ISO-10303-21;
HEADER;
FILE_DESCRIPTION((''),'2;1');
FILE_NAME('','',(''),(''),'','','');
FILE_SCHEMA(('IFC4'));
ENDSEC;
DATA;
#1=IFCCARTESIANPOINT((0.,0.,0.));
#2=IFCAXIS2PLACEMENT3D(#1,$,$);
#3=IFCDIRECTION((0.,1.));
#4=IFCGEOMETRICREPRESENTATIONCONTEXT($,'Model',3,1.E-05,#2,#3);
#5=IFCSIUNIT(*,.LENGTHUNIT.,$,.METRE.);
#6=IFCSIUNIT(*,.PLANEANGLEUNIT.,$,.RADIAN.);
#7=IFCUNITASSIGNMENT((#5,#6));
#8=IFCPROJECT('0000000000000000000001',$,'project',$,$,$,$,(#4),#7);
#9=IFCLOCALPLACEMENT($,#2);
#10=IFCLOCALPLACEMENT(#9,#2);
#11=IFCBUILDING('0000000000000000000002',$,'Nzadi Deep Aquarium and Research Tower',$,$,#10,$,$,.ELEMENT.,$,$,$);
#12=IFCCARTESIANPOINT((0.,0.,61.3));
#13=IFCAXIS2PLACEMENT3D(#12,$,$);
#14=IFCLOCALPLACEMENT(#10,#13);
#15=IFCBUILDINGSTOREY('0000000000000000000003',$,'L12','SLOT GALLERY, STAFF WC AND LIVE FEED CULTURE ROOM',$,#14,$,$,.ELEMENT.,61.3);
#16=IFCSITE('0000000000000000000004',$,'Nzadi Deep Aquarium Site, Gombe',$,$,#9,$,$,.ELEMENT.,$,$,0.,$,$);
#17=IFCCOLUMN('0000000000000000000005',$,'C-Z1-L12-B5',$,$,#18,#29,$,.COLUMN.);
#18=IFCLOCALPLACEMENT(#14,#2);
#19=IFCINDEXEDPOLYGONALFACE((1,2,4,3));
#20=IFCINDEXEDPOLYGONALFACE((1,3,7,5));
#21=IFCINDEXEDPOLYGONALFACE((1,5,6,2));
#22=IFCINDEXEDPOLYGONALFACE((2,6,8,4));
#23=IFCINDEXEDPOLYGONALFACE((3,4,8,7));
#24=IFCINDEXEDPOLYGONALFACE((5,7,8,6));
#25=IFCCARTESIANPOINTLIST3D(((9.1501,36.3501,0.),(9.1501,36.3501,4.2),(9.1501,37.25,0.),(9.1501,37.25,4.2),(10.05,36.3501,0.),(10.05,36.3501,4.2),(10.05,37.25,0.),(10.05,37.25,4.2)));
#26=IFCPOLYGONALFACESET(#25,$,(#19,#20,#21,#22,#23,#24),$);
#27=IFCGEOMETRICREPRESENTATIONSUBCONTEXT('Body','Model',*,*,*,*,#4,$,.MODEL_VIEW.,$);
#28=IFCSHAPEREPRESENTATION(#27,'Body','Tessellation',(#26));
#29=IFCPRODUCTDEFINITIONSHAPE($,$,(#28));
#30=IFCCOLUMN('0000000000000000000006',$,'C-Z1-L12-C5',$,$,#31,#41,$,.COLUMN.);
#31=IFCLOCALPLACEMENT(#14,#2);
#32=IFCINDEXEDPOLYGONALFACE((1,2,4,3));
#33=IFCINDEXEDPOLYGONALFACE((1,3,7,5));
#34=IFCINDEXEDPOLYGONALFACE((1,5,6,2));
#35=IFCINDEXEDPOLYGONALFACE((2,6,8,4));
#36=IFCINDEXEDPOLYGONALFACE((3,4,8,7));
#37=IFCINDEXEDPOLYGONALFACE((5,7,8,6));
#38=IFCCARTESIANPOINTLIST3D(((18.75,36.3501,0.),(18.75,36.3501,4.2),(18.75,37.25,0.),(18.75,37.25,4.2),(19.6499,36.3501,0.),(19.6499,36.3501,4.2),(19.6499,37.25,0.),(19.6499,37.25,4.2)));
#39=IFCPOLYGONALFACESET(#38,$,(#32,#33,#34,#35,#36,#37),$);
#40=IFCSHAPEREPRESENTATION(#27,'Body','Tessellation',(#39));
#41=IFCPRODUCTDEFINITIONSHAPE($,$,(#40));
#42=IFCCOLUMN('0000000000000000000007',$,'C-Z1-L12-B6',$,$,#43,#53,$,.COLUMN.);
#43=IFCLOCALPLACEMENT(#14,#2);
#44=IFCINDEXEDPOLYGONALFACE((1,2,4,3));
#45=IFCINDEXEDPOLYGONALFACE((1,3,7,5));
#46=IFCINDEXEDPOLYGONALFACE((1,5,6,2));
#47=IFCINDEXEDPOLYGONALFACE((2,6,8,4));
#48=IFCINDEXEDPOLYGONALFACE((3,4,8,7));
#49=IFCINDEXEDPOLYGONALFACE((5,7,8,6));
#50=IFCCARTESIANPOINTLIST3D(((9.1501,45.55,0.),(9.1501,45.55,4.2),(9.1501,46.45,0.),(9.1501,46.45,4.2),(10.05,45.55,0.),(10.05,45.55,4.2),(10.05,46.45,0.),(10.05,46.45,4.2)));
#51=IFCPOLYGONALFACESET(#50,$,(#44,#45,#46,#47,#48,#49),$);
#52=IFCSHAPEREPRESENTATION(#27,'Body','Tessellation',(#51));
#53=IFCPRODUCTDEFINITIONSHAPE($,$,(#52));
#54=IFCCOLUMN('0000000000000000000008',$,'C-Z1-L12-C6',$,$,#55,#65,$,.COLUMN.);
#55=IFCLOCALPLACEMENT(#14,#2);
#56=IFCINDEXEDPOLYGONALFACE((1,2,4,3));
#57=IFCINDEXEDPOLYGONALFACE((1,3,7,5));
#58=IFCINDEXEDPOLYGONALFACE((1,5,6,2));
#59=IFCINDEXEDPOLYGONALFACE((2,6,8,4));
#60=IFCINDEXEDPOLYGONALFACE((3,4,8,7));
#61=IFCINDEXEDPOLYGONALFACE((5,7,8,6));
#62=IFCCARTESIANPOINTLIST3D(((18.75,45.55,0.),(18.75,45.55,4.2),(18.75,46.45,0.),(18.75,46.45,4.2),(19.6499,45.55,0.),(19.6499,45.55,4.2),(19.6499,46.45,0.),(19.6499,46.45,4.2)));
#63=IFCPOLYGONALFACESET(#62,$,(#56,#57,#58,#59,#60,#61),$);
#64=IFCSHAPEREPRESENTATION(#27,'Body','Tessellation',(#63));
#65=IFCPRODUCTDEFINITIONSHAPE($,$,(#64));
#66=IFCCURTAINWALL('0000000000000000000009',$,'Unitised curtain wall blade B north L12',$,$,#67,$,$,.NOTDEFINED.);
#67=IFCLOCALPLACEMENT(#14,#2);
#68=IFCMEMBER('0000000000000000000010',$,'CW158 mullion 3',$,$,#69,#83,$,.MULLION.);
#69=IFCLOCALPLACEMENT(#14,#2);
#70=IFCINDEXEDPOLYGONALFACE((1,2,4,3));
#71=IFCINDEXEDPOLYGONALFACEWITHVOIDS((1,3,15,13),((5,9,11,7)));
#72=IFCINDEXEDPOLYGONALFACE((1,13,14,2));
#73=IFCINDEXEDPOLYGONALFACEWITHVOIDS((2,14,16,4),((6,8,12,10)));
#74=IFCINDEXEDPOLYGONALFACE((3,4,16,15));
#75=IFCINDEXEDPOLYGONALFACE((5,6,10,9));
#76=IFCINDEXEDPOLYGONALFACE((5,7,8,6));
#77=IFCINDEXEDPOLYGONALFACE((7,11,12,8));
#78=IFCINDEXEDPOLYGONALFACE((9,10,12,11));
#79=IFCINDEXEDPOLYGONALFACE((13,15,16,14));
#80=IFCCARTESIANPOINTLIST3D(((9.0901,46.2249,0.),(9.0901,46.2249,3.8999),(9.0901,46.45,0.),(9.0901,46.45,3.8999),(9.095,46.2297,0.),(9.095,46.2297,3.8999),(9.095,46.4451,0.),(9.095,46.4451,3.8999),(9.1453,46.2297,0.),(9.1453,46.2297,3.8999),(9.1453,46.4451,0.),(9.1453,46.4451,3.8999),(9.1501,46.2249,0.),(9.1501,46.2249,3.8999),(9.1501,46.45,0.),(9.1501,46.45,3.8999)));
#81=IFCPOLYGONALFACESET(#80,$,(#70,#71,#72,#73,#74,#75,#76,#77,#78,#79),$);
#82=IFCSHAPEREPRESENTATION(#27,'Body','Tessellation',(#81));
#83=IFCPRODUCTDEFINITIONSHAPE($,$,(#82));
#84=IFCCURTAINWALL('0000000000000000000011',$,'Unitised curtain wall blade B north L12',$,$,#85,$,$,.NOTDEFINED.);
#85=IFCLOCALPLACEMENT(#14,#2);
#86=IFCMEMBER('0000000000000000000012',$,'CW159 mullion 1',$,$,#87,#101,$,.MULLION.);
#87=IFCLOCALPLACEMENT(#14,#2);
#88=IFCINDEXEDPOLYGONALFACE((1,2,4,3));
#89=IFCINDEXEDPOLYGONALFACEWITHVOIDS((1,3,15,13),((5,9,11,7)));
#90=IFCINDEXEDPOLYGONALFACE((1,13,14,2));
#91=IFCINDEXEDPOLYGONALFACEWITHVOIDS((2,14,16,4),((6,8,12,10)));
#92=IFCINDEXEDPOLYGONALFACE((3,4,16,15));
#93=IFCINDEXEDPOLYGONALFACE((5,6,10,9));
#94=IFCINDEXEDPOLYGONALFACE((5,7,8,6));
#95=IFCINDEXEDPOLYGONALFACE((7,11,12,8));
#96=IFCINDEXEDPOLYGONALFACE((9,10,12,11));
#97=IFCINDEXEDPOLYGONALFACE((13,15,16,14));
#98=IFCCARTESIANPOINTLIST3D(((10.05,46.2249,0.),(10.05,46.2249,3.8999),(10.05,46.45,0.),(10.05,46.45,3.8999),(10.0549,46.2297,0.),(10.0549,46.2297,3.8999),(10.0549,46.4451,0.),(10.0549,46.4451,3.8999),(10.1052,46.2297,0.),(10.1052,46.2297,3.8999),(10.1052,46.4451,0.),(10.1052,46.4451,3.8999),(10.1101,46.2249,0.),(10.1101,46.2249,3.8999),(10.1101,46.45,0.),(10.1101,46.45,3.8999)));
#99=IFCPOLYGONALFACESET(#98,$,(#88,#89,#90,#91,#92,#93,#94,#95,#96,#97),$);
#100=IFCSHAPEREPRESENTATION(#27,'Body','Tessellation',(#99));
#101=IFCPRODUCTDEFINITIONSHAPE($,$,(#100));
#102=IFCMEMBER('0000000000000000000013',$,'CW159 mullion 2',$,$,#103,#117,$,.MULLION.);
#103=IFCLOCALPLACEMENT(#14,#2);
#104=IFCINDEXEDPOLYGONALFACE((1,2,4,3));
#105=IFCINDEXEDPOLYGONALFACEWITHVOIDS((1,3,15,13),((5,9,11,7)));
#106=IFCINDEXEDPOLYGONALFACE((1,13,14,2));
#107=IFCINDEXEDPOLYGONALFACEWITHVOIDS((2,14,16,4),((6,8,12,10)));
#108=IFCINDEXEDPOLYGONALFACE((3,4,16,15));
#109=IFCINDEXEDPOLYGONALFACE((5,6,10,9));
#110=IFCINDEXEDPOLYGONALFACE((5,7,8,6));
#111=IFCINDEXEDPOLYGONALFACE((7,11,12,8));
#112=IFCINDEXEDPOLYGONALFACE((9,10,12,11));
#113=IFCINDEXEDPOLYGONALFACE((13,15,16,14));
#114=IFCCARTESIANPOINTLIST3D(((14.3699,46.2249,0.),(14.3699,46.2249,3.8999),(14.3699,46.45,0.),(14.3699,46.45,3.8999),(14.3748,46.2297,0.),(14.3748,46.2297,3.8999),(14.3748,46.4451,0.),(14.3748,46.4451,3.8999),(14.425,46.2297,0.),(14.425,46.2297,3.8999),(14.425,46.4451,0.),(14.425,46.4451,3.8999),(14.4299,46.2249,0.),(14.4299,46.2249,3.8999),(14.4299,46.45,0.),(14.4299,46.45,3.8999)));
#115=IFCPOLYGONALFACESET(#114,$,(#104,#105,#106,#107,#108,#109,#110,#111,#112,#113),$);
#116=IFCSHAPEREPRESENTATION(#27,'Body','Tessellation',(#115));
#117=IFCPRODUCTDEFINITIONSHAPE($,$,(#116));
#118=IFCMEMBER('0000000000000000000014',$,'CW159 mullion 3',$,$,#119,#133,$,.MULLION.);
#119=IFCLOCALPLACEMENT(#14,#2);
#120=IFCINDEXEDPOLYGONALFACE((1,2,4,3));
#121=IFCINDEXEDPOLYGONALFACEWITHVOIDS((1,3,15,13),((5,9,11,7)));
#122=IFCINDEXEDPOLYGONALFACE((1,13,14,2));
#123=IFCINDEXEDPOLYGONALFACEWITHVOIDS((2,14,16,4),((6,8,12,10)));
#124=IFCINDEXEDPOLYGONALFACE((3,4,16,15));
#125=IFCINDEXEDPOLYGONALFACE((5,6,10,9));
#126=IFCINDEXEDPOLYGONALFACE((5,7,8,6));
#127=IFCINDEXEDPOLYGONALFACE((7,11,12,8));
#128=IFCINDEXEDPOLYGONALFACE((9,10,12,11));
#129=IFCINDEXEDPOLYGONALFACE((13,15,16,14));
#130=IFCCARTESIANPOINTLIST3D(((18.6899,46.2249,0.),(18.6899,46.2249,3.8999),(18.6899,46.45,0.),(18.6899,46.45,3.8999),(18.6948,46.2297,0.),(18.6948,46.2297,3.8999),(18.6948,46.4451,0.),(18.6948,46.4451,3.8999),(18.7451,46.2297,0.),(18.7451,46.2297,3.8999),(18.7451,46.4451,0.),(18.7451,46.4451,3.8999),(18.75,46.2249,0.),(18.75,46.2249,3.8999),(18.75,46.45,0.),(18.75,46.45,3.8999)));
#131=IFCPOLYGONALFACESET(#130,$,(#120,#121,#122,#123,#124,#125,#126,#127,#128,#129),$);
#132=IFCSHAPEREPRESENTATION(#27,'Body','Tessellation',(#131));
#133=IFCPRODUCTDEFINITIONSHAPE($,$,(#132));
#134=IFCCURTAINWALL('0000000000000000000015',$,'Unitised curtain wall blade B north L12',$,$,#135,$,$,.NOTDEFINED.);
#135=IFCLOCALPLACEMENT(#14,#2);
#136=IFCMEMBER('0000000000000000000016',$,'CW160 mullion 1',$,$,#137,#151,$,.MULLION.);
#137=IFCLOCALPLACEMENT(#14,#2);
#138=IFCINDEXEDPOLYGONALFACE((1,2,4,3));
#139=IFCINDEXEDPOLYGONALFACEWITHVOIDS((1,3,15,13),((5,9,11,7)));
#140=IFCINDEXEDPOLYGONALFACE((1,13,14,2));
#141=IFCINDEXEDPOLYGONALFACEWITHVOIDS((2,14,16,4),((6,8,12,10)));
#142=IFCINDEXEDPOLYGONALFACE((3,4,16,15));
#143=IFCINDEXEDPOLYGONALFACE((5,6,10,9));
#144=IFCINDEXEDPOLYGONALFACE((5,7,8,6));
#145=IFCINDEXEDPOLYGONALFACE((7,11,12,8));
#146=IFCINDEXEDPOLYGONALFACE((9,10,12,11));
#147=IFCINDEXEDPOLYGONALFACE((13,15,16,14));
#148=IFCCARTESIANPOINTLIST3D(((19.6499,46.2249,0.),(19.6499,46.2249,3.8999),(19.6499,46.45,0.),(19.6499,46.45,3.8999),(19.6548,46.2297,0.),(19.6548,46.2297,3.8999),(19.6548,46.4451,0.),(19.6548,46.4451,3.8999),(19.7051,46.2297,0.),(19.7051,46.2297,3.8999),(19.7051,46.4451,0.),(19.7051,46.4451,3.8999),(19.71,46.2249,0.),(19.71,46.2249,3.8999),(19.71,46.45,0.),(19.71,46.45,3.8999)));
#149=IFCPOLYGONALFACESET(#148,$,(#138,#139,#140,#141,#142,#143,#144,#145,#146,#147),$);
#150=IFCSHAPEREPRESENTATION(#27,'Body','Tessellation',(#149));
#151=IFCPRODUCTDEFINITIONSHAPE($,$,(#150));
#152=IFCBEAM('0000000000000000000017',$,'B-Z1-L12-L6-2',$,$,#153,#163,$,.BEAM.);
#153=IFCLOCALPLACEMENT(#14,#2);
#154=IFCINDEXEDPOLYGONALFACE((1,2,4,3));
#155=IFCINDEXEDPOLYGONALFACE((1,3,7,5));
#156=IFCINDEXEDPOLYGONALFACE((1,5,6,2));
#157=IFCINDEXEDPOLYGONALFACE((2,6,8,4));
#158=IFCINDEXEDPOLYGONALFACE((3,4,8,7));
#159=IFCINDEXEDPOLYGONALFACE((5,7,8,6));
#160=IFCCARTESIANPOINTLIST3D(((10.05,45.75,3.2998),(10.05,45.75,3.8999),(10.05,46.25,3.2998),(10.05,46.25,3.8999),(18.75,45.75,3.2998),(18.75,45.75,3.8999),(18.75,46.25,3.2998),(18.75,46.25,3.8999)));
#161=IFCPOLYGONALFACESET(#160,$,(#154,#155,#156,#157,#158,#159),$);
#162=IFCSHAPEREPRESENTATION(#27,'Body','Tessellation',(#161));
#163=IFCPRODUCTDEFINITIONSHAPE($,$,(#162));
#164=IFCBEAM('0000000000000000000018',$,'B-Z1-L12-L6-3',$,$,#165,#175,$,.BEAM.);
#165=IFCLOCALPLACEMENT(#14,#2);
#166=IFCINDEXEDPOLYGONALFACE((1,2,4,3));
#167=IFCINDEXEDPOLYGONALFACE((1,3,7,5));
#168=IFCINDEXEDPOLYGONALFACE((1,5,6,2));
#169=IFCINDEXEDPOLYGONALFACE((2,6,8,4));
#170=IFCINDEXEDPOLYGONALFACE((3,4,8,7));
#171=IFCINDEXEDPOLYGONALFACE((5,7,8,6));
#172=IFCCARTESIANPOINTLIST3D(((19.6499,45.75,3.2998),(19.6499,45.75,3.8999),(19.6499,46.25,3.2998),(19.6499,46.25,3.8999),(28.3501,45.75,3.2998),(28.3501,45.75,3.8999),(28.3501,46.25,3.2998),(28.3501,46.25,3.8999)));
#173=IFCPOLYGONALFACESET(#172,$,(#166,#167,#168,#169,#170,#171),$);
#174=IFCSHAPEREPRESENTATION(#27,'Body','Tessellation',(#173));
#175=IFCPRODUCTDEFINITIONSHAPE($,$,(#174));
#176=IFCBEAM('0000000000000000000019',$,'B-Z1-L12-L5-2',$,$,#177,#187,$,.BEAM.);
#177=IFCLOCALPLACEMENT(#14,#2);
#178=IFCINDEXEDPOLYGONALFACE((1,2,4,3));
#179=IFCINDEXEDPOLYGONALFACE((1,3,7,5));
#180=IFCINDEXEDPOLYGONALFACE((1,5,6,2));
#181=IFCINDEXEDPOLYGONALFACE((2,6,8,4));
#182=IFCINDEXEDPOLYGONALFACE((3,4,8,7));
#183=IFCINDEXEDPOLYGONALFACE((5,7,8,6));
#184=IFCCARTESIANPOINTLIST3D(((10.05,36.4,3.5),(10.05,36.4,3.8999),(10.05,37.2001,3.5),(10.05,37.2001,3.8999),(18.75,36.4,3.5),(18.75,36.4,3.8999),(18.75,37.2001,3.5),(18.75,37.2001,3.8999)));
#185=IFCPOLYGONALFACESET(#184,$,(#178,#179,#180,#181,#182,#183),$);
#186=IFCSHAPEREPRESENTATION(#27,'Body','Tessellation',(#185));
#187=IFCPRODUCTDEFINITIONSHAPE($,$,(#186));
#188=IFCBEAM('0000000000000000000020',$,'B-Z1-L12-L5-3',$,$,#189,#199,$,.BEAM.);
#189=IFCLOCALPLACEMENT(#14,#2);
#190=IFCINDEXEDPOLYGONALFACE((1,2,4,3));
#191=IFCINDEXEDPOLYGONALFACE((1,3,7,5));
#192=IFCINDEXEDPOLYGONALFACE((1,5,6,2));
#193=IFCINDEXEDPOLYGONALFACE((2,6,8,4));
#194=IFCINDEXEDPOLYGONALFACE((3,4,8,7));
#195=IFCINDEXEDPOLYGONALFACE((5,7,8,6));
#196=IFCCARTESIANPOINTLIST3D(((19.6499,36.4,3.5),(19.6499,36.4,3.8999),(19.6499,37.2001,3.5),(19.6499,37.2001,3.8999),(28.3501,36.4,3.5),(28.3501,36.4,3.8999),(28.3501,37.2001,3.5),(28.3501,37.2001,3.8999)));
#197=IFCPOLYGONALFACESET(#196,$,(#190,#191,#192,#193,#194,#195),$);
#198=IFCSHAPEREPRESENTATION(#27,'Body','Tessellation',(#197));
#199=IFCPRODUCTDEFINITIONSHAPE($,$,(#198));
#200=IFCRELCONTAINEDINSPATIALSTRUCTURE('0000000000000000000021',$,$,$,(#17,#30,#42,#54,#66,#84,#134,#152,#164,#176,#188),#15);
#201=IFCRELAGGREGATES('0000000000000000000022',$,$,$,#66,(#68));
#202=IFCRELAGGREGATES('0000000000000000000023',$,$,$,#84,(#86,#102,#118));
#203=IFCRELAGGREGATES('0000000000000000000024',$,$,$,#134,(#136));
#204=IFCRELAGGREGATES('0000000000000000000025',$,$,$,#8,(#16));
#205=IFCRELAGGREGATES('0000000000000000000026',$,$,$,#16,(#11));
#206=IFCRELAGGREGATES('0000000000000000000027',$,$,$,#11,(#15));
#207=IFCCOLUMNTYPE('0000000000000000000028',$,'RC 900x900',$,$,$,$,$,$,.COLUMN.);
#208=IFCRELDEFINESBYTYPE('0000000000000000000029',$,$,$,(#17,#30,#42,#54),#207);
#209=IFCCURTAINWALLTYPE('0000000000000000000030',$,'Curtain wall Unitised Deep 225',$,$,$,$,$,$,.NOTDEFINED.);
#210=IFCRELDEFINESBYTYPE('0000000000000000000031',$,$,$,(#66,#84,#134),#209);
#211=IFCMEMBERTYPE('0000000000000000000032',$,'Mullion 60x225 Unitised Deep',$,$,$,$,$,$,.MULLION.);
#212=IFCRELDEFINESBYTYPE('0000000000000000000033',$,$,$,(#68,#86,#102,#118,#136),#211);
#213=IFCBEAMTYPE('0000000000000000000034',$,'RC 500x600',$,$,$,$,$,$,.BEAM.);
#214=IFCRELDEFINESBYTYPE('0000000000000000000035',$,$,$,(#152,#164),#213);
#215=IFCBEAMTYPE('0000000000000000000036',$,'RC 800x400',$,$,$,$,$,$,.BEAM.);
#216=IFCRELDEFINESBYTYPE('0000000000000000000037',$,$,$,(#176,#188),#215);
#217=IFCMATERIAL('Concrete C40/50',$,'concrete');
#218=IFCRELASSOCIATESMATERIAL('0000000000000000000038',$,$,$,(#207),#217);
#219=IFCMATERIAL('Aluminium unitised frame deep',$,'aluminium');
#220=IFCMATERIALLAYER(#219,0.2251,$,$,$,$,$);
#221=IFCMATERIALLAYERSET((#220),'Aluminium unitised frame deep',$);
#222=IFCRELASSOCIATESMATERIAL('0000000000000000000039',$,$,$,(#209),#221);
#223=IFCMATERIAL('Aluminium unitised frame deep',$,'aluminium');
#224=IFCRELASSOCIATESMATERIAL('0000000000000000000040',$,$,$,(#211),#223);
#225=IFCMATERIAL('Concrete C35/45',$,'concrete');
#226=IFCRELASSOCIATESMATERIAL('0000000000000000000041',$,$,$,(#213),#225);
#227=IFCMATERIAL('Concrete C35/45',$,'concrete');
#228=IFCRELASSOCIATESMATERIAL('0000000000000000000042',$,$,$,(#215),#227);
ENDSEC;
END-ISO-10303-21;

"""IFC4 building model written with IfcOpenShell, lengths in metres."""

from ifc_helpers import new_model, si_unit, direction, frame, origin, origin_2d, place, context, subcontext, project, spatial, rectangle, hollow_rectangle, extrude, material, layer, layer_set, material_profile, profile_set, type_object, element, aggregate, save


model = new_model("IFC4")

# Units and contexts
model_context = context("Model", 3, precision=1e-05, world=origin(), true_north=direction((0.0, 1.0)))
body_context = subcontext(model_context, "Body", "Model", "MODEL_VIEW")
ifc_project = project(units=[si_unit("LENGTHUNIT", "METRE"), si_unit("PLANEANGLEUNIT", "RADIAN")], contexts=[model_context])

# Site, building, storey
site_placement = place(None, origin())
site = spatial("IfcSite", under=ifc_project, at=site_placement, Name="Nzadi Deep Aquarium Site, Gombe", CompositionType="ELEMENT", RefElevation=0.0)
building_placement = place(site_placement, origin())
building = spatial("IfcBuilding", under=site, at=building_placement, Name="Nzadi Deep Aquarium and Research Tower", CompositionType="ELEMENT")
storey_placement = place(building_placement, frame((0.0, 0.0, 61.3)))
storey = spatial("IfcBuildingStorey", under=building, at=storey_placement, Name="L12", Description="SLOT GALLERY, STAFF WC AND LIVE FEED CULTURE ROOM", CompositionType="ELEMENT", Elevation=61.3)

# Columns
ifc_material_1 = material(Name="Concrete C40/50", Category="concrete")
ifc_material_profile_1 = material_profile(ifc_material_1, rectangle(XDim=0.8999, YDim=0.8999, at=origin_2d()))
ifc_profile_set_1 = profile_set([ifc_material_profile_1], Name="Concrete C40/50")
column_type = type_object("IfcColumnType", Name="RC 900x900", PredefinedType="COLUMN", material=ifc_profile_set_1)
for number, where, z_axis, x_axis, name in (
    (1, (9.6001, 36.8, 0.0), (0.0, 0.0, 1.0), (1.0, 0.0, 0.0), "C-Z1-L12-B5"),
    (2, (19.2, 36.8, 0.0), (0.0, 0.0, 1.0), (1.0, 0.0, 0.0), "C-Z1-L12-C5"),
    (3, (9.6001, 46.0, 0.0), (0.0, 0.0, 1.0), (1.0, 0.0, 0.0), "C-Z1-L12-B6"),
    (4, (19.2, 46.0, 0.0), (0.0, 0.0, 1.0), (1.0, 0.0, 0.0), "C-Z1-L12-C6"),
):
    element("IfcColumn", number, at=place(storey_placement, frame(where, z_axis=z_axis, x_axis=x_axis)), inside=storey, type_object=column_type, Name=name, PredefinedType="COLUMN", context=body_context, shape_type="SweptSolid", body=[
        extrude(rectangle(XDim=0.8999, YDim=0.8999, at=origin_2d()), origin(), (0.0, 0.0, 1.0), 4.2),
    ])

# Curtain wall, member
ifc_material_2 = material(Name="Aluminium unitised frame deep", Category="aluminium")
ifc_layer_1 = layer(ifc_material_2, 0.2251)
ifc_layer_set_1 = layer_set([ifc_layer_1], Name="Aluminium unitised frame deep")
curtain_wall_type = type_object("IfcCurtainWallType", Name="Curtain wall Unitised Deep 225", PredefinedType="NOTDEFINED", material=ifc_layer_set_1)
curtain_wall_1_placement = place(storey_placement, origin())
curtain_wall_1 = element("IfcCurtainWall", 5, at=curtain_wall_1_placement, inside=storey, type_object=curtain_wall_type, Name="Unitised curtain wall blade B north L12", PredefinedType="NOTDEFINED")
ifc_material_3 = material(Name="Aluminium unitised frame deep", Category="aluminium")
ifc_material_profile_2 = material_profile(ifc_material_3, hollow_rectangle(XDim=0.2251, YDim=0.0601, WallThickness=0.0049, at=origin_2d()))
ifc_profile_set_2 = profile_set([ifc_material_profile_2], Name="Aluminium unitised frame deep")
member_type_1 = type_object("IfcMemberType", Name="Mullion 60x225 Unitised Deep", PredefinedType="MULLION", material=ifc_profile_set_2)
member_1_placement = place(storey_placement, frame((9.1201, 46.3374, 0.0), z_axis=(0.0, 0.0, 1.0), x_axis=(0.0, 1.0, 0.0)))
member_1 = element("IfcMember", 6, at=member_1_placement, type_object=member_type_1, Name="CW158 mullion 3", PredefinedType="MULLION", context=body_context, shape_type="SweptSolid", body=[
    extrude(hollow_rectangle(XDim=0.2251, YDim=0.0601, WallThickness=0.0049, at=origin_2d()), origin(), (0.0, 0.0, 1.0), 3.8999),
])
aggregate(curtain_wall_1, [member_1])

# Curtain wall, members
curtain_wall_2_placement = place(storey_placement, origin())
curtain_wall_2 = element("IfcCurtainWall", 7, at=curtain_wall_2_placement, inside=storey, type_object=curtain_wall_type, Name="Unitised curtain wall blade B north L12", PredefinedType="NOTDEFINED")
member_2_placement = place(storey_placement, frame((10.0801, 46.3374, 0.0), z_axis=(0.0, 0.0, 1.0), x_axis=(0.0, 1.0, 0.0)))
member_2 = element("IfcMember", 8, at=member_2_placement, type_object=member_type_1, Name="CW159 mullion 1", PredefinedType="MULLION", context=body_context, shape_type="SweptSolid", body=[
    extrude(hollow_rectangle(XDim=0.2251, YDim=0.0601, WallThickness=0.0049, at=origin_2d()), origin(), (0.0, 0.0, 1.0), 3.8999),
])
member_3_placement = place(storey_placement, frame((14.3999, 46.3374, 0.0), z_axis=(0.0, 0.0, 1.0), x_axis=(0.0, 1.0, 0.0)))
member_3 = element("IfcMember", 9, at=member_3_placement, type_object=member_type_1, Name="CW159 mullion 2", PredefinedType="MULLION", context=body_context, shape_type="SweptSolid", body=[
    extrude(hollow_rectangle(XDim=0.2251, YDim=0.0601, WallThickness=0.0049, at=origin_2d()), origin(), (0.0, 0.0, 1.0), 3.8999),
])
member_4_placement = place(storey_placement, frame((18.72, 46.3374, 0.0), z_axis=(0.0, 0.0, 1.0), x_axis=(0.0, 1.0, 0.0)))
member_4 = element("IfcMember", 10, at=member_4_placement, type_object=member_type_1, Name="CW159 mullion 3", PredefinedType="MULLION", context=body_context, shape_type="SweptSolid", body=[
    extrude(hollow_rectangle(XDim=0.2251, YDim=0.0601, WallThickness=0.0049, at=origin_2d()), origin(), (0.0, 0.0, 1.0), 3.8999),
])

# Curtain wall, member
curtain_wall_3_placement = place(storey_placement, origin())
curtain_wall_3 = element("IfcCurtainWall", 11, at=curtain_wall_3_placement, inside=storey, type_object=curtain_wall_type, Name="Unitised curtain wall blade B north L12", PredefinedType="NOTDEFINED")
member_5_placement = place(storey_placement, frame((19.6799, 46.3374, 0.0), z_axis=(0.0, 0.0, 1.0), x_axis=(0.0, 1.0, 0.0)))
member_5 = element("IfcMember", 12, at=member_5_placement, type_object=member_type_1, Name="CW160 mullion 1", PredefinedType="MULLION", context=body_context, shape_type="SweptSolid", body=[
    extrude(hollow_rectangle(XDim=0.2251, YDim=0.0601, WallThickness=0.0049, at=origin_2d()), origin(), (0.0, 0.0, 1.0), 3.8999),
])

# Beams
ifc_material_4 = material(Name="Concrete C35/45", Category="concrete")
ifc_material_profile_3 = material_profile(ifc_material_4, rectangle(XDim=0.5, YDim=0.6001, at=origin_2d()))
ifc_profile_set_3 = profile_set([ifc_material_profile_3], Name="Concrete C35/45")
beam_type_1 = type_object("IfcBeamType", Name="RC 500x600", PredefinedType="BEAM", material=ifc_profile_set_3)
beam_1_placement = place(storey_placement, frame((10.05, 46.0, 3.5999), z_axis=(1.0, 0.0, 0.0), x_axis=(0.0, 1.0, 0.0)))
element("IfcBeam", 13, at=beam_1_placement, inside=storey, type_object=beam_type_1, Name="B-Z1-L12-L6-2", PredefinedType="BEAM", context=body_context, shape_type="SweptSolid", body=[
    extrude(rectangle(XDim=0.5, YDim=0.6001, at=origin_2d()), origin(), (0.0, 0.0, 1.0), 8.7),
])
beam_2_placement = place(storey_placement, frame((19.6499, 46.0, 3.5999), z_axis=(1.0, 0.0, 0.0), x_axis=(0.0, 1.0, 0.0)))
element("IfcBeam", 14, at=beam_2_placement, inside=storey, type_object=beam_type_1, Name="B-Z1-L12-L6-3", PredefinedType="BEAM", context=body_context, shape_type="SweptSolid", body=[
    extrude(rectangle(XDim=0.5, YDim=0.6001, at=origin_2d()), origin(), (0.0, 0.0, 1.0), 8.7002),
])
ifc_material_5 = material(Name="Concrete C35/45", Category="concrete")
ifc_material_profile_4 = material_profile(ifc_material_5, rectangle(XDim=0.8, YDim=0.3999, at=origin_2d()))
ifc_profile_set_4 = profile_set([ifc_material_profile_4], Name="Concrete C35/45")
beam_type_2 = type_object("IfcBeamType", Name="RC 800x400", PredefinedType="BEAM", material=ifc_profile_set_4)
beam_3_placement = place(storey_placement, frame((10.05, 36.8, 3.7), z_axis=(1.0, 0.0, 0.0), x_axis=(0.0, 1.0, 0.0)))
element("IfcBeam", 15, at=beam_3_placement, inside=storey, type_object=beam_type_2, Name="B-Z1-L12-L5-2", PredefinedType="BEAM", context=body_context, shape_type="SweptSolid", body=[
    extrude(rectangle(XDim=0.8, YDim=0.3999, at=origin_2d()), origin(), (0.0, 0.0, 1.0), 8.7),
])
beam_4_placement = place(storey_placement, frame((19.6499, 36.8, 3.7), z_axis=(1.0, 0.0, 0.0), x_axis=(0.0, 1.0, 0.0)))
element("IfcBeam", 16, at=beam_4_placement, inside=storey, type_object=beam_type_2, Name="B-Z1-L12-L5-3", PredefinedType="BEAM", context=body_context, shape_type="SweptSolid", body=[
    extrude(rectangle(XDim=0.8, YDim=0.3999, at=origin_2d()), origin(), (0.0, 0.0, 1.0), 8.7002),
])

aggregate(curtain_wall_2, [member_2, member_3, member_4])
aggregate(curtain_wall_3, [member_5])

save(model, "model.ifc")
